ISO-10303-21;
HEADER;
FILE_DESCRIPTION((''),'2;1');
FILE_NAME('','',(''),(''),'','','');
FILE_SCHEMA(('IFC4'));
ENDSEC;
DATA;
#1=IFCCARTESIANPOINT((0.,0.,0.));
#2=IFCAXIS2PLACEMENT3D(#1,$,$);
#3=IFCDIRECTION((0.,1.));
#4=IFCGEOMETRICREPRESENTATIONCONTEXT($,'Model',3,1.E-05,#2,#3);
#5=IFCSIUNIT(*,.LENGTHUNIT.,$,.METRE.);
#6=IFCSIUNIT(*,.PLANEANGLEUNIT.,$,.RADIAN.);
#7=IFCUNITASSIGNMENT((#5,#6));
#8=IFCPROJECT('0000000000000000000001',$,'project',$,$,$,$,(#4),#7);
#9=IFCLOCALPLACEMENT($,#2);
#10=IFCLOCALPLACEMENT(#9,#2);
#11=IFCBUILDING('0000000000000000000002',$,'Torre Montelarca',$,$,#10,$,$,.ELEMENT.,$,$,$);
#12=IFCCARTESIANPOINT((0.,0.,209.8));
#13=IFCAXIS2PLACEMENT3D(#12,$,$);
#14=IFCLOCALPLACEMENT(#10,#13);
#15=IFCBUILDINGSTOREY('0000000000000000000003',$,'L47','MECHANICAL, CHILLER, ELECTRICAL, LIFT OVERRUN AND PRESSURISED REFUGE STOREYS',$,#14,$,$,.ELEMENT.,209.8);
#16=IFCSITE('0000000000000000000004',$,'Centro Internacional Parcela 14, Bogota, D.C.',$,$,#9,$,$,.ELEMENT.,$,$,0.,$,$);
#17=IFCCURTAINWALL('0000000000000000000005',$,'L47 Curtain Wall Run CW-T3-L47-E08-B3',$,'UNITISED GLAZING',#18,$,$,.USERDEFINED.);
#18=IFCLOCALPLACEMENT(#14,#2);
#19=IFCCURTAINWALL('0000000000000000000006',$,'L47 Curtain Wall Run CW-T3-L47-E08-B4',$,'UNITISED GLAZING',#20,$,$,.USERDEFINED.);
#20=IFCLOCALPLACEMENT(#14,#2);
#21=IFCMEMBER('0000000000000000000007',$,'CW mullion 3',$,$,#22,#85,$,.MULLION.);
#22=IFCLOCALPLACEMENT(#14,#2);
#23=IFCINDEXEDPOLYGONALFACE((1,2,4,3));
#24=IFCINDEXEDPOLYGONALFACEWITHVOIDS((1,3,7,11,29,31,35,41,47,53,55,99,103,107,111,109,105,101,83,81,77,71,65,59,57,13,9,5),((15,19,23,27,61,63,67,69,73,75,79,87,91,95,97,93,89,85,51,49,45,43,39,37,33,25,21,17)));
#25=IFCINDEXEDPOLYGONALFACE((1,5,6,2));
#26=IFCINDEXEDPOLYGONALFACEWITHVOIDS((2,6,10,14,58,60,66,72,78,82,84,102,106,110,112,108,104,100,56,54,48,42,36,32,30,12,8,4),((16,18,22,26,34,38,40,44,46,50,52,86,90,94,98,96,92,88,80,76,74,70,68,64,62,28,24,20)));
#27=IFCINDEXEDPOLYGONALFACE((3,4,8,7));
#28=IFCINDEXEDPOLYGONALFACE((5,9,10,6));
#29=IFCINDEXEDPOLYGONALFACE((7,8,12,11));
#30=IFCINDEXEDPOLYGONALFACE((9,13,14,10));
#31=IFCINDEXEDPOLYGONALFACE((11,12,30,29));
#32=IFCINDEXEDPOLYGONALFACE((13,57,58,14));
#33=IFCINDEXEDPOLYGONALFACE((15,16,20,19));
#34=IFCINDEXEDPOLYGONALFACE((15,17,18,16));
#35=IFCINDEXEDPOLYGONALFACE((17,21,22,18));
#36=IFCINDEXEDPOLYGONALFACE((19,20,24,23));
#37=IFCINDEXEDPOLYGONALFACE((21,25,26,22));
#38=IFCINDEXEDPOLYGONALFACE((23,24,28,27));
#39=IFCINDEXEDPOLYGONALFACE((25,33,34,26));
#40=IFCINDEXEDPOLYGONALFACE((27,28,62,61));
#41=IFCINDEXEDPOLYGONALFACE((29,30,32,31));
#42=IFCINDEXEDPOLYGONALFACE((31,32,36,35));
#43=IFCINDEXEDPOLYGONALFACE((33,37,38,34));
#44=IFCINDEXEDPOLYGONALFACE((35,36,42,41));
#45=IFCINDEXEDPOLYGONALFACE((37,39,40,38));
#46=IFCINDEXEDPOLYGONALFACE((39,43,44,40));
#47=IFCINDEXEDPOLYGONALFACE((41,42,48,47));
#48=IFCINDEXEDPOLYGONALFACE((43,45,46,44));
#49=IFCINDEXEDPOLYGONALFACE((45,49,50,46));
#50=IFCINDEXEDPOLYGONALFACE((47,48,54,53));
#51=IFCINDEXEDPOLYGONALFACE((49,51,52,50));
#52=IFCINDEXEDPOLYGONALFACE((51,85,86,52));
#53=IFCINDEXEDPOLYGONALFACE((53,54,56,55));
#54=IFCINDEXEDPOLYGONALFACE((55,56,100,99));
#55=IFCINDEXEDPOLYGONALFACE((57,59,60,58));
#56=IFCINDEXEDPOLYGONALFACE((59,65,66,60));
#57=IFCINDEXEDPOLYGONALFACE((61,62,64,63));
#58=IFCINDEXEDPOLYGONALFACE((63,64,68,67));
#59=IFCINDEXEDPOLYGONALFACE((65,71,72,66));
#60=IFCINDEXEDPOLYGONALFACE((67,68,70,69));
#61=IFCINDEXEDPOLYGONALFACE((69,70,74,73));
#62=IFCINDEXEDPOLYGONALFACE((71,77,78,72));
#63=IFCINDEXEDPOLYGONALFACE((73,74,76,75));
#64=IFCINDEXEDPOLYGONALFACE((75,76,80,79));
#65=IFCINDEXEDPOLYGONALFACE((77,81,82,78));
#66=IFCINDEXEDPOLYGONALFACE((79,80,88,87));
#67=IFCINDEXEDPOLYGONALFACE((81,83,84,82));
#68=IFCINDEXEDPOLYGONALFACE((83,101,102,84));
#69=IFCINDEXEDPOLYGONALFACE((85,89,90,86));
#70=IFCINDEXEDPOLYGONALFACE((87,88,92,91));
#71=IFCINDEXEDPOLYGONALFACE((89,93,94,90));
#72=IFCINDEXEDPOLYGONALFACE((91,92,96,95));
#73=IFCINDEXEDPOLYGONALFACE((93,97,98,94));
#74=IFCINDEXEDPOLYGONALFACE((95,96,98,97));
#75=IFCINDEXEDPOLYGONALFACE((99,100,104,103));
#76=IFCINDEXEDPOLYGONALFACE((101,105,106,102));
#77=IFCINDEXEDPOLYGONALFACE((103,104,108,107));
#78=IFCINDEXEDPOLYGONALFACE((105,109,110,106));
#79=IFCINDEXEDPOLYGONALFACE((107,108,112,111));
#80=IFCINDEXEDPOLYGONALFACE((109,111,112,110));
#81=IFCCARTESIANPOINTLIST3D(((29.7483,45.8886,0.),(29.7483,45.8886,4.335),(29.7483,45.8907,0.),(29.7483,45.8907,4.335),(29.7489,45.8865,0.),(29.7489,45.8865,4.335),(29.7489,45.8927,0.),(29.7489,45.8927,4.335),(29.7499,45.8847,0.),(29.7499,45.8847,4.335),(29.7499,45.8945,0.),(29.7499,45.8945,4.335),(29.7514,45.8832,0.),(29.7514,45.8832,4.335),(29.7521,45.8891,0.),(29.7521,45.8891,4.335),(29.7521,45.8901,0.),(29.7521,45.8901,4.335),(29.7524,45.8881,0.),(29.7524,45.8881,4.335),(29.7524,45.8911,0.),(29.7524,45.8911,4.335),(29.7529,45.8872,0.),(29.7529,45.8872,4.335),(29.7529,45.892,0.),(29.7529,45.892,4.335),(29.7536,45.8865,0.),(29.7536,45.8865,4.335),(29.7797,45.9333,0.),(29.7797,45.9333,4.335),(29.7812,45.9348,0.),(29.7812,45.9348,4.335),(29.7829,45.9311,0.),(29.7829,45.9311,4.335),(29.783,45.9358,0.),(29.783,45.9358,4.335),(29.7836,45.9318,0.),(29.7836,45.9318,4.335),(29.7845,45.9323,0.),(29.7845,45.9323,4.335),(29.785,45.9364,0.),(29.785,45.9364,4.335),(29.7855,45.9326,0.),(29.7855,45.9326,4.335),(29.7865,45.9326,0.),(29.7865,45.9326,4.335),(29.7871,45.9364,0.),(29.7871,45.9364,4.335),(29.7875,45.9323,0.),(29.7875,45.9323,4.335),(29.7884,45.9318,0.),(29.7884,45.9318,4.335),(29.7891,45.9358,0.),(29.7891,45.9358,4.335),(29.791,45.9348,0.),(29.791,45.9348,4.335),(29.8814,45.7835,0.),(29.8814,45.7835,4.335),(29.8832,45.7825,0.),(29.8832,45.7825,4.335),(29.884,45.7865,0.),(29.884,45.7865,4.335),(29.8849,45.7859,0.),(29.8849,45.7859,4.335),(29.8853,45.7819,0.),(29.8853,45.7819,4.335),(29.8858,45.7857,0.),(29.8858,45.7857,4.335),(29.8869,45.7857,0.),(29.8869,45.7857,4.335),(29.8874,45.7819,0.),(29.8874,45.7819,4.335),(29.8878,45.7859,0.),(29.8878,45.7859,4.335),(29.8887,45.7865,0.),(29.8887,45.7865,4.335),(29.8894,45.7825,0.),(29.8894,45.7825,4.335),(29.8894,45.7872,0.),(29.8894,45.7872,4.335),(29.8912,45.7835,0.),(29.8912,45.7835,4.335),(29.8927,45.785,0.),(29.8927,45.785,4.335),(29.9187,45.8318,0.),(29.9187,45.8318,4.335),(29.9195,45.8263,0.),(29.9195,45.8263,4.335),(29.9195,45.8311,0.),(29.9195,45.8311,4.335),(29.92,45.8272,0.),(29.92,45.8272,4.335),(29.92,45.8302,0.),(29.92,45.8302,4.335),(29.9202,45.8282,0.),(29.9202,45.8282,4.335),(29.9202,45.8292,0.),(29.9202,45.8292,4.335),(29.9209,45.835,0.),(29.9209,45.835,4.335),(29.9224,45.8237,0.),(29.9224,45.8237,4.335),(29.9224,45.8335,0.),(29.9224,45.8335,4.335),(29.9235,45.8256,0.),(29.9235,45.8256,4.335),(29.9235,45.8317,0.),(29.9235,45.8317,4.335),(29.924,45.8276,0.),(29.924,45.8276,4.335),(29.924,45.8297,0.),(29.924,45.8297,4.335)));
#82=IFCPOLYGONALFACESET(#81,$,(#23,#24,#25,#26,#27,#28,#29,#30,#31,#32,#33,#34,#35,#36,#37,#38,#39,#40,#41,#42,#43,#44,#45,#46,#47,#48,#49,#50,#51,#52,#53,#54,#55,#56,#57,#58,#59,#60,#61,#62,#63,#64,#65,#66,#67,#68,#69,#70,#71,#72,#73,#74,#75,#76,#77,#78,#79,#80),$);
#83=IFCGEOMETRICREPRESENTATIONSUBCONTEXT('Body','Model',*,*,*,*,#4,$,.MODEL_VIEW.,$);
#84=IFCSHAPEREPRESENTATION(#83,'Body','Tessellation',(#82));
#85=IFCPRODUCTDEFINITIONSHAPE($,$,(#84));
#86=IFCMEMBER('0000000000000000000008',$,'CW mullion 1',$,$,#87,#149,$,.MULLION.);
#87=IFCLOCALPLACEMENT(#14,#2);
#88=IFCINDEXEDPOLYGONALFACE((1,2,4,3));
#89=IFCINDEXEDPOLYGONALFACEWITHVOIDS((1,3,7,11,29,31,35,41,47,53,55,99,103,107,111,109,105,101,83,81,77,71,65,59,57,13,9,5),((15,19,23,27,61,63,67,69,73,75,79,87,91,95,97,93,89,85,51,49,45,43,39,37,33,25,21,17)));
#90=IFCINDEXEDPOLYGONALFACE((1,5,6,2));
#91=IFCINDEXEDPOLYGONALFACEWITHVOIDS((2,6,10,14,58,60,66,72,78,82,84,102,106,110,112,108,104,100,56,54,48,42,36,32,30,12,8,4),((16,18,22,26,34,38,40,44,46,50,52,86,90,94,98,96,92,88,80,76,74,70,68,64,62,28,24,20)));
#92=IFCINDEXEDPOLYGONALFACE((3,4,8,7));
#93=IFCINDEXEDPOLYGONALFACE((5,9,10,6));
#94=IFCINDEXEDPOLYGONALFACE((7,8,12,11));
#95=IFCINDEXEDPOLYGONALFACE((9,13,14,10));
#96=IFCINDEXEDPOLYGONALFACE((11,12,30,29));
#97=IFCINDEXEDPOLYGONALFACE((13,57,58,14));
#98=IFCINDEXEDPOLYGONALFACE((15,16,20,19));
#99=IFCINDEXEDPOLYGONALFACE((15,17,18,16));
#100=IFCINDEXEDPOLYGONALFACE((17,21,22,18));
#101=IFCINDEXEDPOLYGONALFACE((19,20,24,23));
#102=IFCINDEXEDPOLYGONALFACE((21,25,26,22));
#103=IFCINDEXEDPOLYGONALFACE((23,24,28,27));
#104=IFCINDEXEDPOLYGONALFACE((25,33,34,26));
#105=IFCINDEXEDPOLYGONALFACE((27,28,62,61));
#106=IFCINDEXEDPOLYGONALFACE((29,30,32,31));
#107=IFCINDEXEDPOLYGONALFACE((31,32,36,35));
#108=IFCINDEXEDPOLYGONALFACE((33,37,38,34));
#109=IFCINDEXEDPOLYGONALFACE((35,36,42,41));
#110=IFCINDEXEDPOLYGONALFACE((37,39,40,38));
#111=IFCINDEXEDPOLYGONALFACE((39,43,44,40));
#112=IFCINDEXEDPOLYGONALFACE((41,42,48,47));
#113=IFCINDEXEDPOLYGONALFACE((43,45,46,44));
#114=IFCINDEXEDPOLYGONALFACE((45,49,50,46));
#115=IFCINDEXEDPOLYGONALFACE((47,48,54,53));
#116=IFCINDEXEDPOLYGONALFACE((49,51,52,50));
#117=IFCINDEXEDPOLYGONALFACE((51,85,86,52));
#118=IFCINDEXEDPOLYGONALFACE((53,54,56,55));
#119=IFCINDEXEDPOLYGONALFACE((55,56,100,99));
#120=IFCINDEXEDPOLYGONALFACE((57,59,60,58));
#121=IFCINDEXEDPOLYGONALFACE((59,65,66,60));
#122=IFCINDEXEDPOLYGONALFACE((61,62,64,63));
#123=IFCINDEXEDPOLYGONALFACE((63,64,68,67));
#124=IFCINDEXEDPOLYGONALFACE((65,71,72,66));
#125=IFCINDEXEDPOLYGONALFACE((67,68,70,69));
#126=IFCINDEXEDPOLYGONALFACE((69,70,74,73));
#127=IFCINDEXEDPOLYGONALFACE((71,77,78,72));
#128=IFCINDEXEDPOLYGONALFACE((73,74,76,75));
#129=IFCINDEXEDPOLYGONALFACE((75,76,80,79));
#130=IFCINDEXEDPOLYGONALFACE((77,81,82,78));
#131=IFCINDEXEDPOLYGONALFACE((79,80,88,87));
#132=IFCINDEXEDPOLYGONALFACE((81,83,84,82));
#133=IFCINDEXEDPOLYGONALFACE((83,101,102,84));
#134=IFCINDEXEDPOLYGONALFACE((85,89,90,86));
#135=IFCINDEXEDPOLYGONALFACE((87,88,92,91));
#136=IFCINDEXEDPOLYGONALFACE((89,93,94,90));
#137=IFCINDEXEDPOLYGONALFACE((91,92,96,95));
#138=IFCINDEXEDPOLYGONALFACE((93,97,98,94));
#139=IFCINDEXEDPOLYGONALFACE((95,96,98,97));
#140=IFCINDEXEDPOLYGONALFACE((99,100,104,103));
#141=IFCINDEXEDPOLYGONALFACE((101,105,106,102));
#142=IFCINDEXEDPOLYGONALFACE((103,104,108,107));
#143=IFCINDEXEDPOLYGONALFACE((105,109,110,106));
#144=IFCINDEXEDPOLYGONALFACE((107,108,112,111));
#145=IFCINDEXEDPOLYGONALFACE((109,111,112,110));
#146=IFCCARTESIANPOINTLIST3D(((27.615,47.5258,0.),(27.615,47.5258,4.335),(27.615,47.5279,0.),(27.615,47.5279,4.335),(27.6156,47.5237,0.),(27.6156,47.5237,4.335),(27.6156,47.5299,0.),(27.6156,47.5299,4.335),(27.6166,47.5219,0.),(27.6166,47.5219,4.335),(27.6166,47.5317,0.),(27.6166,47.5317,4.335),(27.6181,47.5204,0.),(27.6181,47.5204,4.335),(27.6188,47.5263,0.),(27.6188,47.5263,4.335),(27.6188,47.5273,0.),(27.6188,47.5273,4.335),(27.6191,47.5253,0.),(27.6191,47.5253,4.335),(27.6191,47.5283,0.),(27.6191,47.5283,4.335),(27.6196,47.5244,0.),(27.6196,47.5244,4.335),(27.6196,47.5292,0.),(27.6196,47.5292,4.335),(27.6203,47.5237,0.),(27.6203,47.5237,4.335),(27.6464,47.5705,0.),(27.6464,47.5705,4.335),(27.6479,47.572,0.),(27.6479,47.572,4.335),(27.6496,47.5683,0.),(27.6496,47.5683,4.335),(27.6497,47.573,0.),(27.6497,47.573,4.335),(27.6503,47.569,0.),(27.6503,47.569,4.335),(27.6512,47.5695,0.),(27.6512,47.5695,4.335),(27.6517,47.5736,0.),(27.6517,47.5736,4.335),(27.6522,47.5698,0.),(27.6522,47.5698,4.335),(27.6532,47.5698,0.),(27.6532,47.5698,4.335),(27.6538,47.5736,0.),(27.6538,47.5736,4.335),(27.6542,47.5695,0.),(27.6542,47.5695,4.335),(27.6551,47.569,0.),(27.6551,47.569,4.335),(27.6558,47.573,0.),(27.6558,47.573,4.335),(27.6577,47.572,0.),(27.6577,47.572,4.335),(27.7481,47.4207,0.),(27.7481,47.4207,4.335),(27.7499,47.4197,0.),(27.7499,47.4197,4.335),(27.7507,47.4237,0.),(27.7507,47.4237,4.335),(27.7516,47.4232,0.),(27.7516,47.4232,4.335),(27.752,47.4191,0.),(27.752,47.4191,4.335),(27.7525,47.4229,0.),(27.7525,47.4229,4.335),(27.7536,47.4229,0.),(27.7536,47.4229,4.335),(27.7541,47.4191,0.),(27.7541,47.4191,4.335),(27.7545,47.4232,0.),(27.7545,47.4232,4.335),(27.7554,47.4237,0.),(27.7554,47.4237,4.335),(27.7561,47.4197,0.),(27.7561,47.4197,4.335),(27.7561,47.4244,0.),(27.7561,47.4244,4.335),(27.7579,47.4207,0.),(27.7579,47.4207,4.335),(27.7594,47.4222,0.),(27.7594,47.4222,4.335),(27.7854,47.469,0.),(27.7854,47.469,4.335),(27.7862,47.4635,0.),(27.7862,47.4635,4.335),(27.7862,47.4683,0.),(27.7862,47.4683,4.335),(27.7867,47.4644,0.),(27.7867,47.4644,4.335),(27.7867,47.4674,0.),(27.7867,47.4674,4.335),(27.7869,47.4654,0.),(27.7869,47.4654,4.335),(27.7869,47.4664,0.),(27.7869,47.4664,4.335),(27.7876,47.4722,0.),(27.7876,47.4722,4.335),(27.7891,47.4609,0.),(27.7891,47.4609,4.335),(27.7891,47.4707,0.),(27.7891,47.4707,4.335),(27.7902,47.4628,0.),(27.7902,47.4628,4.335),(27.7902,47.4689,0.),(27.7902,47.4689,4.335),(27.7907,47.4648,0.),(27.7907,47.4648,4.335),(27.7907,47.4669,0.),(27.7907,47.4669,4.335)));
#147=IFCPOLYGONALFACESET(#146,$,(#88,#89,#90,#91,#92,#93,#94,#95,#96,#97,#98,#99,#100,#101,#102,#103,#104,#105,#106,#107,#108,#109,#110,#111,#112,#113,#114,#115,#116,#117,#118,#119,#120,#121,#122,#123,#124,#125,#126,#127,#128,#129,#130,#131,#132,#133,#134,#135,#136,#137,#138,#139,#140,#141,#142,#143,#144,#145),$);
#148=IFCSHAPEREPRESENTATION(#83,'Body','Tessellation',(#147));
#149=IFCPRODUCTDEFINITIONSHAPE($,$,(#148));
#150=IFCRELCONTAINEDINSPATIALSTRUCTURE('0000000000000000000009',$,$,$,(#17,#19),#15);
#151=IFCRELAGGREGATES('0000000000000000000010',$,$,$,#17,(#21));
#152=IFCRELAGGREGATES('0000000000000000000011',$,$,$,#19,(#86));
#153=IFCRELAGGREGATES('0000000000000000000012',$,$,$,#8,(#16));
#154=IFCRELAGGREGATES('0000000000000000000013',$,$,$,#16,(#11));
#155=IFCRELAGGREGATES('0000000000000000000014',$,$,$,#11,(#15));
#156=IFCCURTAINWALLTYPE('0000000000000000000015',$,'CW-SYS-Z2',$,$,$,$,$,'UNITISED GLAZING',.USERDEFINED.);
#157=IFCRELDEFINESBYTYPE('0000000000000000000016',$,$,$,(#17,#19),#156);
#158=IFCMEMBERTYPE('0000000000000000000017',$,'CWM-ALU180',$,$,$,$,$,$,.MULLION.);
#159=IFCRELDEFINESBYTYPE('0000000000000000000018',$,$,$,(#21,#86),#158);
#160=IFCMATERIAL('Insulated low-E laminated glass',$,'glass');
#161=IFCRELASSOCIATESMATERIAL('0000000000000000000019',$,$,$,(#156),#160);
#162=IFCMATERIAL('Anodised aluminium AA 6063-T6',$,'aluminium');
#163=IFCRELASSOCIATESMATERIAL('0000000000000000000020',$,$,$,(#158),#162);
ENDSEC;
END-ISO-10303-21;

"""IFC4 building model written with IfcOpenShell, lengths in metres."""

from ifc_helpers import new_model, si_unit, direction, frame, origin, origin_2d, place, context, subcontext, project, spatial, hollow_rectangle, extrude, source, transform, mapped, material, material_profile, profile_set, type_object, element, aggregate, save


model = new_model("IFC4")

# Units and contexts
model_context = context("Model", 3, precision=1e-05, world=origin(), true_north=direction((0.0, 1.0)))
body_context = subcontext(model_context, "Body", "Model", "MODEL_VIEW")
ifc_project = project(units=[si_unit("LENGTHUNIT", "METRE"), si_unit("PLANEANGLEUNIT", "RADIAN")], contexts=[model_context])

# Site, building, storey
site_placement = place(None, origin())
site = spatial("IfcSite", under=ifc_project, at=site_placement, Name="Centro Internacional Parcela 14, Bogota, D.C.", CompositionType="ELEMENT", RefElevation=0.0)
building_placement = place(site_placement, origin())
building = spatial("IfcBuilding", under=site, at=building_placement, Name="Torre Montelarca", CompositionType="ELEMENT")
storey_placement = place(building_placement, frame((0.0, 0.0, 209.8)))
storey = spatial("IfcBuildingStorey", under=building, at=storey_placement, Name="L47", Description="MECHANICAL, CHILLER, ELECTRICAL, LIFT OVERRUN AND PRESSURISED REFUGE STOREYS", CompositionType="ELEMENT", Elevation=209.8)

# Curtain walls
ifc_material_1 = material(Name="Insulated low-E laminated glass", Category="glass")
curtain_wall_type = type_object("IfcCurtainWallType", Name="CW-SYS-Z2", ElementType="UNITISED GLAZING", PredefinedType="USERDEFINED", material=ifc_material_1)
curtain_wall_1_placement = place(storey_placement, origin())
curtain_wall_1 = element("IfcCurtainWall", 1, at=curtain_wall_1_placement, inside=storey, type_object=curtain_wall_type, Name="L47 Curtain Wall Run CW-T3-L47-E08-B3", ObjectType="UNITISED GLAZING", PredefinedType="USERDEFINED")
ifc_material_2 = material(Name="Anodised aluminium AA 6063-T6", Category="aluminium")
curtain_wall_2_placement = place(storey_placement, origin())
curtain_wall_2 = element("IfcCurtainWall", 2, at=curtain_wall_2_placement, inside=storey, type_object=curtain_wall_type, Name="L47 Curtain Wall Run CW-T3-L47-E08-B4", ObjectType="UNITISED GLAZING", PredefinedType="USERDEFINED")

# Members
ifc_material_profile_1 = material_profile(ifc_material_2, hollow_rectangle(XDim=0.0649, YDim=0.1799, WallThickness=0.0039, InnerFilletRadius=0.0039, OuterFilletRadius=0.0081, at=origin_2d()), Name="ALU65X180X4", Category="aluminium")
ifc_profile_set_1 = profile_set([ifc_material_profile_1], Name="Anodised aluminium AA 6063-T6")
member_type_1 = type_object("IfcMemberType", Name="CWM-ALU180", PredefinedType="MULLION", material=ifc_profile_set_1)
shared_shape_1 = source(origin(), body_context, "Body", "SweptSolid", [
    extrude(hollow_rectangle(XDim=0.0649, YDim=0.1799, WallThickness=0.0039, InnerFilletRadius=0.0039, OuterFilletRadius=0.0081, at=origin_2d()), origin(), (0.0, 0.0, 1.0), 4.335),
])
member_1_placement = place(storey_placement, frame((29.8362, 45.8591, 0.0), z_axis=(0.0, 0.0, 1.0), x_axis=(-0.608755, -0.793359, 0.0)))
member_1 = element("IfcMember", 3, at=member_1_placement, type_object=member_type_1, Name="CW mullion 3", PredefinedType="MULLION", context=body_context, shape_type="MappedRepresentation", body=[
    mapped(shared_shape_1, transform((0.0, 0.0, 0.0), scale=1.0)),
])
member_2_placement = place(storey_placement, frame((27.7029, 47.4963, 0.0), z_axis=(0.0, 0.0, 1.0), x_axis=(-0.608756, -0.793357, 0.0)))
member_2 = element("IfcMember", 4, at=member_2_placement, type_object=member_type_1, Name="CW mullion 1", PredefinedType="MULLION", context=body_context, shape_type="MappedRepresentation", body=[
    mapped(shared_shape_1, transform((0.0, 0.0, 0.0), scale=1.0)),
])

aggregate(curtain_wall_1, [member_1])
aggregate(curtain_wall_2, [member_2])

save(model, "model.ifc")
